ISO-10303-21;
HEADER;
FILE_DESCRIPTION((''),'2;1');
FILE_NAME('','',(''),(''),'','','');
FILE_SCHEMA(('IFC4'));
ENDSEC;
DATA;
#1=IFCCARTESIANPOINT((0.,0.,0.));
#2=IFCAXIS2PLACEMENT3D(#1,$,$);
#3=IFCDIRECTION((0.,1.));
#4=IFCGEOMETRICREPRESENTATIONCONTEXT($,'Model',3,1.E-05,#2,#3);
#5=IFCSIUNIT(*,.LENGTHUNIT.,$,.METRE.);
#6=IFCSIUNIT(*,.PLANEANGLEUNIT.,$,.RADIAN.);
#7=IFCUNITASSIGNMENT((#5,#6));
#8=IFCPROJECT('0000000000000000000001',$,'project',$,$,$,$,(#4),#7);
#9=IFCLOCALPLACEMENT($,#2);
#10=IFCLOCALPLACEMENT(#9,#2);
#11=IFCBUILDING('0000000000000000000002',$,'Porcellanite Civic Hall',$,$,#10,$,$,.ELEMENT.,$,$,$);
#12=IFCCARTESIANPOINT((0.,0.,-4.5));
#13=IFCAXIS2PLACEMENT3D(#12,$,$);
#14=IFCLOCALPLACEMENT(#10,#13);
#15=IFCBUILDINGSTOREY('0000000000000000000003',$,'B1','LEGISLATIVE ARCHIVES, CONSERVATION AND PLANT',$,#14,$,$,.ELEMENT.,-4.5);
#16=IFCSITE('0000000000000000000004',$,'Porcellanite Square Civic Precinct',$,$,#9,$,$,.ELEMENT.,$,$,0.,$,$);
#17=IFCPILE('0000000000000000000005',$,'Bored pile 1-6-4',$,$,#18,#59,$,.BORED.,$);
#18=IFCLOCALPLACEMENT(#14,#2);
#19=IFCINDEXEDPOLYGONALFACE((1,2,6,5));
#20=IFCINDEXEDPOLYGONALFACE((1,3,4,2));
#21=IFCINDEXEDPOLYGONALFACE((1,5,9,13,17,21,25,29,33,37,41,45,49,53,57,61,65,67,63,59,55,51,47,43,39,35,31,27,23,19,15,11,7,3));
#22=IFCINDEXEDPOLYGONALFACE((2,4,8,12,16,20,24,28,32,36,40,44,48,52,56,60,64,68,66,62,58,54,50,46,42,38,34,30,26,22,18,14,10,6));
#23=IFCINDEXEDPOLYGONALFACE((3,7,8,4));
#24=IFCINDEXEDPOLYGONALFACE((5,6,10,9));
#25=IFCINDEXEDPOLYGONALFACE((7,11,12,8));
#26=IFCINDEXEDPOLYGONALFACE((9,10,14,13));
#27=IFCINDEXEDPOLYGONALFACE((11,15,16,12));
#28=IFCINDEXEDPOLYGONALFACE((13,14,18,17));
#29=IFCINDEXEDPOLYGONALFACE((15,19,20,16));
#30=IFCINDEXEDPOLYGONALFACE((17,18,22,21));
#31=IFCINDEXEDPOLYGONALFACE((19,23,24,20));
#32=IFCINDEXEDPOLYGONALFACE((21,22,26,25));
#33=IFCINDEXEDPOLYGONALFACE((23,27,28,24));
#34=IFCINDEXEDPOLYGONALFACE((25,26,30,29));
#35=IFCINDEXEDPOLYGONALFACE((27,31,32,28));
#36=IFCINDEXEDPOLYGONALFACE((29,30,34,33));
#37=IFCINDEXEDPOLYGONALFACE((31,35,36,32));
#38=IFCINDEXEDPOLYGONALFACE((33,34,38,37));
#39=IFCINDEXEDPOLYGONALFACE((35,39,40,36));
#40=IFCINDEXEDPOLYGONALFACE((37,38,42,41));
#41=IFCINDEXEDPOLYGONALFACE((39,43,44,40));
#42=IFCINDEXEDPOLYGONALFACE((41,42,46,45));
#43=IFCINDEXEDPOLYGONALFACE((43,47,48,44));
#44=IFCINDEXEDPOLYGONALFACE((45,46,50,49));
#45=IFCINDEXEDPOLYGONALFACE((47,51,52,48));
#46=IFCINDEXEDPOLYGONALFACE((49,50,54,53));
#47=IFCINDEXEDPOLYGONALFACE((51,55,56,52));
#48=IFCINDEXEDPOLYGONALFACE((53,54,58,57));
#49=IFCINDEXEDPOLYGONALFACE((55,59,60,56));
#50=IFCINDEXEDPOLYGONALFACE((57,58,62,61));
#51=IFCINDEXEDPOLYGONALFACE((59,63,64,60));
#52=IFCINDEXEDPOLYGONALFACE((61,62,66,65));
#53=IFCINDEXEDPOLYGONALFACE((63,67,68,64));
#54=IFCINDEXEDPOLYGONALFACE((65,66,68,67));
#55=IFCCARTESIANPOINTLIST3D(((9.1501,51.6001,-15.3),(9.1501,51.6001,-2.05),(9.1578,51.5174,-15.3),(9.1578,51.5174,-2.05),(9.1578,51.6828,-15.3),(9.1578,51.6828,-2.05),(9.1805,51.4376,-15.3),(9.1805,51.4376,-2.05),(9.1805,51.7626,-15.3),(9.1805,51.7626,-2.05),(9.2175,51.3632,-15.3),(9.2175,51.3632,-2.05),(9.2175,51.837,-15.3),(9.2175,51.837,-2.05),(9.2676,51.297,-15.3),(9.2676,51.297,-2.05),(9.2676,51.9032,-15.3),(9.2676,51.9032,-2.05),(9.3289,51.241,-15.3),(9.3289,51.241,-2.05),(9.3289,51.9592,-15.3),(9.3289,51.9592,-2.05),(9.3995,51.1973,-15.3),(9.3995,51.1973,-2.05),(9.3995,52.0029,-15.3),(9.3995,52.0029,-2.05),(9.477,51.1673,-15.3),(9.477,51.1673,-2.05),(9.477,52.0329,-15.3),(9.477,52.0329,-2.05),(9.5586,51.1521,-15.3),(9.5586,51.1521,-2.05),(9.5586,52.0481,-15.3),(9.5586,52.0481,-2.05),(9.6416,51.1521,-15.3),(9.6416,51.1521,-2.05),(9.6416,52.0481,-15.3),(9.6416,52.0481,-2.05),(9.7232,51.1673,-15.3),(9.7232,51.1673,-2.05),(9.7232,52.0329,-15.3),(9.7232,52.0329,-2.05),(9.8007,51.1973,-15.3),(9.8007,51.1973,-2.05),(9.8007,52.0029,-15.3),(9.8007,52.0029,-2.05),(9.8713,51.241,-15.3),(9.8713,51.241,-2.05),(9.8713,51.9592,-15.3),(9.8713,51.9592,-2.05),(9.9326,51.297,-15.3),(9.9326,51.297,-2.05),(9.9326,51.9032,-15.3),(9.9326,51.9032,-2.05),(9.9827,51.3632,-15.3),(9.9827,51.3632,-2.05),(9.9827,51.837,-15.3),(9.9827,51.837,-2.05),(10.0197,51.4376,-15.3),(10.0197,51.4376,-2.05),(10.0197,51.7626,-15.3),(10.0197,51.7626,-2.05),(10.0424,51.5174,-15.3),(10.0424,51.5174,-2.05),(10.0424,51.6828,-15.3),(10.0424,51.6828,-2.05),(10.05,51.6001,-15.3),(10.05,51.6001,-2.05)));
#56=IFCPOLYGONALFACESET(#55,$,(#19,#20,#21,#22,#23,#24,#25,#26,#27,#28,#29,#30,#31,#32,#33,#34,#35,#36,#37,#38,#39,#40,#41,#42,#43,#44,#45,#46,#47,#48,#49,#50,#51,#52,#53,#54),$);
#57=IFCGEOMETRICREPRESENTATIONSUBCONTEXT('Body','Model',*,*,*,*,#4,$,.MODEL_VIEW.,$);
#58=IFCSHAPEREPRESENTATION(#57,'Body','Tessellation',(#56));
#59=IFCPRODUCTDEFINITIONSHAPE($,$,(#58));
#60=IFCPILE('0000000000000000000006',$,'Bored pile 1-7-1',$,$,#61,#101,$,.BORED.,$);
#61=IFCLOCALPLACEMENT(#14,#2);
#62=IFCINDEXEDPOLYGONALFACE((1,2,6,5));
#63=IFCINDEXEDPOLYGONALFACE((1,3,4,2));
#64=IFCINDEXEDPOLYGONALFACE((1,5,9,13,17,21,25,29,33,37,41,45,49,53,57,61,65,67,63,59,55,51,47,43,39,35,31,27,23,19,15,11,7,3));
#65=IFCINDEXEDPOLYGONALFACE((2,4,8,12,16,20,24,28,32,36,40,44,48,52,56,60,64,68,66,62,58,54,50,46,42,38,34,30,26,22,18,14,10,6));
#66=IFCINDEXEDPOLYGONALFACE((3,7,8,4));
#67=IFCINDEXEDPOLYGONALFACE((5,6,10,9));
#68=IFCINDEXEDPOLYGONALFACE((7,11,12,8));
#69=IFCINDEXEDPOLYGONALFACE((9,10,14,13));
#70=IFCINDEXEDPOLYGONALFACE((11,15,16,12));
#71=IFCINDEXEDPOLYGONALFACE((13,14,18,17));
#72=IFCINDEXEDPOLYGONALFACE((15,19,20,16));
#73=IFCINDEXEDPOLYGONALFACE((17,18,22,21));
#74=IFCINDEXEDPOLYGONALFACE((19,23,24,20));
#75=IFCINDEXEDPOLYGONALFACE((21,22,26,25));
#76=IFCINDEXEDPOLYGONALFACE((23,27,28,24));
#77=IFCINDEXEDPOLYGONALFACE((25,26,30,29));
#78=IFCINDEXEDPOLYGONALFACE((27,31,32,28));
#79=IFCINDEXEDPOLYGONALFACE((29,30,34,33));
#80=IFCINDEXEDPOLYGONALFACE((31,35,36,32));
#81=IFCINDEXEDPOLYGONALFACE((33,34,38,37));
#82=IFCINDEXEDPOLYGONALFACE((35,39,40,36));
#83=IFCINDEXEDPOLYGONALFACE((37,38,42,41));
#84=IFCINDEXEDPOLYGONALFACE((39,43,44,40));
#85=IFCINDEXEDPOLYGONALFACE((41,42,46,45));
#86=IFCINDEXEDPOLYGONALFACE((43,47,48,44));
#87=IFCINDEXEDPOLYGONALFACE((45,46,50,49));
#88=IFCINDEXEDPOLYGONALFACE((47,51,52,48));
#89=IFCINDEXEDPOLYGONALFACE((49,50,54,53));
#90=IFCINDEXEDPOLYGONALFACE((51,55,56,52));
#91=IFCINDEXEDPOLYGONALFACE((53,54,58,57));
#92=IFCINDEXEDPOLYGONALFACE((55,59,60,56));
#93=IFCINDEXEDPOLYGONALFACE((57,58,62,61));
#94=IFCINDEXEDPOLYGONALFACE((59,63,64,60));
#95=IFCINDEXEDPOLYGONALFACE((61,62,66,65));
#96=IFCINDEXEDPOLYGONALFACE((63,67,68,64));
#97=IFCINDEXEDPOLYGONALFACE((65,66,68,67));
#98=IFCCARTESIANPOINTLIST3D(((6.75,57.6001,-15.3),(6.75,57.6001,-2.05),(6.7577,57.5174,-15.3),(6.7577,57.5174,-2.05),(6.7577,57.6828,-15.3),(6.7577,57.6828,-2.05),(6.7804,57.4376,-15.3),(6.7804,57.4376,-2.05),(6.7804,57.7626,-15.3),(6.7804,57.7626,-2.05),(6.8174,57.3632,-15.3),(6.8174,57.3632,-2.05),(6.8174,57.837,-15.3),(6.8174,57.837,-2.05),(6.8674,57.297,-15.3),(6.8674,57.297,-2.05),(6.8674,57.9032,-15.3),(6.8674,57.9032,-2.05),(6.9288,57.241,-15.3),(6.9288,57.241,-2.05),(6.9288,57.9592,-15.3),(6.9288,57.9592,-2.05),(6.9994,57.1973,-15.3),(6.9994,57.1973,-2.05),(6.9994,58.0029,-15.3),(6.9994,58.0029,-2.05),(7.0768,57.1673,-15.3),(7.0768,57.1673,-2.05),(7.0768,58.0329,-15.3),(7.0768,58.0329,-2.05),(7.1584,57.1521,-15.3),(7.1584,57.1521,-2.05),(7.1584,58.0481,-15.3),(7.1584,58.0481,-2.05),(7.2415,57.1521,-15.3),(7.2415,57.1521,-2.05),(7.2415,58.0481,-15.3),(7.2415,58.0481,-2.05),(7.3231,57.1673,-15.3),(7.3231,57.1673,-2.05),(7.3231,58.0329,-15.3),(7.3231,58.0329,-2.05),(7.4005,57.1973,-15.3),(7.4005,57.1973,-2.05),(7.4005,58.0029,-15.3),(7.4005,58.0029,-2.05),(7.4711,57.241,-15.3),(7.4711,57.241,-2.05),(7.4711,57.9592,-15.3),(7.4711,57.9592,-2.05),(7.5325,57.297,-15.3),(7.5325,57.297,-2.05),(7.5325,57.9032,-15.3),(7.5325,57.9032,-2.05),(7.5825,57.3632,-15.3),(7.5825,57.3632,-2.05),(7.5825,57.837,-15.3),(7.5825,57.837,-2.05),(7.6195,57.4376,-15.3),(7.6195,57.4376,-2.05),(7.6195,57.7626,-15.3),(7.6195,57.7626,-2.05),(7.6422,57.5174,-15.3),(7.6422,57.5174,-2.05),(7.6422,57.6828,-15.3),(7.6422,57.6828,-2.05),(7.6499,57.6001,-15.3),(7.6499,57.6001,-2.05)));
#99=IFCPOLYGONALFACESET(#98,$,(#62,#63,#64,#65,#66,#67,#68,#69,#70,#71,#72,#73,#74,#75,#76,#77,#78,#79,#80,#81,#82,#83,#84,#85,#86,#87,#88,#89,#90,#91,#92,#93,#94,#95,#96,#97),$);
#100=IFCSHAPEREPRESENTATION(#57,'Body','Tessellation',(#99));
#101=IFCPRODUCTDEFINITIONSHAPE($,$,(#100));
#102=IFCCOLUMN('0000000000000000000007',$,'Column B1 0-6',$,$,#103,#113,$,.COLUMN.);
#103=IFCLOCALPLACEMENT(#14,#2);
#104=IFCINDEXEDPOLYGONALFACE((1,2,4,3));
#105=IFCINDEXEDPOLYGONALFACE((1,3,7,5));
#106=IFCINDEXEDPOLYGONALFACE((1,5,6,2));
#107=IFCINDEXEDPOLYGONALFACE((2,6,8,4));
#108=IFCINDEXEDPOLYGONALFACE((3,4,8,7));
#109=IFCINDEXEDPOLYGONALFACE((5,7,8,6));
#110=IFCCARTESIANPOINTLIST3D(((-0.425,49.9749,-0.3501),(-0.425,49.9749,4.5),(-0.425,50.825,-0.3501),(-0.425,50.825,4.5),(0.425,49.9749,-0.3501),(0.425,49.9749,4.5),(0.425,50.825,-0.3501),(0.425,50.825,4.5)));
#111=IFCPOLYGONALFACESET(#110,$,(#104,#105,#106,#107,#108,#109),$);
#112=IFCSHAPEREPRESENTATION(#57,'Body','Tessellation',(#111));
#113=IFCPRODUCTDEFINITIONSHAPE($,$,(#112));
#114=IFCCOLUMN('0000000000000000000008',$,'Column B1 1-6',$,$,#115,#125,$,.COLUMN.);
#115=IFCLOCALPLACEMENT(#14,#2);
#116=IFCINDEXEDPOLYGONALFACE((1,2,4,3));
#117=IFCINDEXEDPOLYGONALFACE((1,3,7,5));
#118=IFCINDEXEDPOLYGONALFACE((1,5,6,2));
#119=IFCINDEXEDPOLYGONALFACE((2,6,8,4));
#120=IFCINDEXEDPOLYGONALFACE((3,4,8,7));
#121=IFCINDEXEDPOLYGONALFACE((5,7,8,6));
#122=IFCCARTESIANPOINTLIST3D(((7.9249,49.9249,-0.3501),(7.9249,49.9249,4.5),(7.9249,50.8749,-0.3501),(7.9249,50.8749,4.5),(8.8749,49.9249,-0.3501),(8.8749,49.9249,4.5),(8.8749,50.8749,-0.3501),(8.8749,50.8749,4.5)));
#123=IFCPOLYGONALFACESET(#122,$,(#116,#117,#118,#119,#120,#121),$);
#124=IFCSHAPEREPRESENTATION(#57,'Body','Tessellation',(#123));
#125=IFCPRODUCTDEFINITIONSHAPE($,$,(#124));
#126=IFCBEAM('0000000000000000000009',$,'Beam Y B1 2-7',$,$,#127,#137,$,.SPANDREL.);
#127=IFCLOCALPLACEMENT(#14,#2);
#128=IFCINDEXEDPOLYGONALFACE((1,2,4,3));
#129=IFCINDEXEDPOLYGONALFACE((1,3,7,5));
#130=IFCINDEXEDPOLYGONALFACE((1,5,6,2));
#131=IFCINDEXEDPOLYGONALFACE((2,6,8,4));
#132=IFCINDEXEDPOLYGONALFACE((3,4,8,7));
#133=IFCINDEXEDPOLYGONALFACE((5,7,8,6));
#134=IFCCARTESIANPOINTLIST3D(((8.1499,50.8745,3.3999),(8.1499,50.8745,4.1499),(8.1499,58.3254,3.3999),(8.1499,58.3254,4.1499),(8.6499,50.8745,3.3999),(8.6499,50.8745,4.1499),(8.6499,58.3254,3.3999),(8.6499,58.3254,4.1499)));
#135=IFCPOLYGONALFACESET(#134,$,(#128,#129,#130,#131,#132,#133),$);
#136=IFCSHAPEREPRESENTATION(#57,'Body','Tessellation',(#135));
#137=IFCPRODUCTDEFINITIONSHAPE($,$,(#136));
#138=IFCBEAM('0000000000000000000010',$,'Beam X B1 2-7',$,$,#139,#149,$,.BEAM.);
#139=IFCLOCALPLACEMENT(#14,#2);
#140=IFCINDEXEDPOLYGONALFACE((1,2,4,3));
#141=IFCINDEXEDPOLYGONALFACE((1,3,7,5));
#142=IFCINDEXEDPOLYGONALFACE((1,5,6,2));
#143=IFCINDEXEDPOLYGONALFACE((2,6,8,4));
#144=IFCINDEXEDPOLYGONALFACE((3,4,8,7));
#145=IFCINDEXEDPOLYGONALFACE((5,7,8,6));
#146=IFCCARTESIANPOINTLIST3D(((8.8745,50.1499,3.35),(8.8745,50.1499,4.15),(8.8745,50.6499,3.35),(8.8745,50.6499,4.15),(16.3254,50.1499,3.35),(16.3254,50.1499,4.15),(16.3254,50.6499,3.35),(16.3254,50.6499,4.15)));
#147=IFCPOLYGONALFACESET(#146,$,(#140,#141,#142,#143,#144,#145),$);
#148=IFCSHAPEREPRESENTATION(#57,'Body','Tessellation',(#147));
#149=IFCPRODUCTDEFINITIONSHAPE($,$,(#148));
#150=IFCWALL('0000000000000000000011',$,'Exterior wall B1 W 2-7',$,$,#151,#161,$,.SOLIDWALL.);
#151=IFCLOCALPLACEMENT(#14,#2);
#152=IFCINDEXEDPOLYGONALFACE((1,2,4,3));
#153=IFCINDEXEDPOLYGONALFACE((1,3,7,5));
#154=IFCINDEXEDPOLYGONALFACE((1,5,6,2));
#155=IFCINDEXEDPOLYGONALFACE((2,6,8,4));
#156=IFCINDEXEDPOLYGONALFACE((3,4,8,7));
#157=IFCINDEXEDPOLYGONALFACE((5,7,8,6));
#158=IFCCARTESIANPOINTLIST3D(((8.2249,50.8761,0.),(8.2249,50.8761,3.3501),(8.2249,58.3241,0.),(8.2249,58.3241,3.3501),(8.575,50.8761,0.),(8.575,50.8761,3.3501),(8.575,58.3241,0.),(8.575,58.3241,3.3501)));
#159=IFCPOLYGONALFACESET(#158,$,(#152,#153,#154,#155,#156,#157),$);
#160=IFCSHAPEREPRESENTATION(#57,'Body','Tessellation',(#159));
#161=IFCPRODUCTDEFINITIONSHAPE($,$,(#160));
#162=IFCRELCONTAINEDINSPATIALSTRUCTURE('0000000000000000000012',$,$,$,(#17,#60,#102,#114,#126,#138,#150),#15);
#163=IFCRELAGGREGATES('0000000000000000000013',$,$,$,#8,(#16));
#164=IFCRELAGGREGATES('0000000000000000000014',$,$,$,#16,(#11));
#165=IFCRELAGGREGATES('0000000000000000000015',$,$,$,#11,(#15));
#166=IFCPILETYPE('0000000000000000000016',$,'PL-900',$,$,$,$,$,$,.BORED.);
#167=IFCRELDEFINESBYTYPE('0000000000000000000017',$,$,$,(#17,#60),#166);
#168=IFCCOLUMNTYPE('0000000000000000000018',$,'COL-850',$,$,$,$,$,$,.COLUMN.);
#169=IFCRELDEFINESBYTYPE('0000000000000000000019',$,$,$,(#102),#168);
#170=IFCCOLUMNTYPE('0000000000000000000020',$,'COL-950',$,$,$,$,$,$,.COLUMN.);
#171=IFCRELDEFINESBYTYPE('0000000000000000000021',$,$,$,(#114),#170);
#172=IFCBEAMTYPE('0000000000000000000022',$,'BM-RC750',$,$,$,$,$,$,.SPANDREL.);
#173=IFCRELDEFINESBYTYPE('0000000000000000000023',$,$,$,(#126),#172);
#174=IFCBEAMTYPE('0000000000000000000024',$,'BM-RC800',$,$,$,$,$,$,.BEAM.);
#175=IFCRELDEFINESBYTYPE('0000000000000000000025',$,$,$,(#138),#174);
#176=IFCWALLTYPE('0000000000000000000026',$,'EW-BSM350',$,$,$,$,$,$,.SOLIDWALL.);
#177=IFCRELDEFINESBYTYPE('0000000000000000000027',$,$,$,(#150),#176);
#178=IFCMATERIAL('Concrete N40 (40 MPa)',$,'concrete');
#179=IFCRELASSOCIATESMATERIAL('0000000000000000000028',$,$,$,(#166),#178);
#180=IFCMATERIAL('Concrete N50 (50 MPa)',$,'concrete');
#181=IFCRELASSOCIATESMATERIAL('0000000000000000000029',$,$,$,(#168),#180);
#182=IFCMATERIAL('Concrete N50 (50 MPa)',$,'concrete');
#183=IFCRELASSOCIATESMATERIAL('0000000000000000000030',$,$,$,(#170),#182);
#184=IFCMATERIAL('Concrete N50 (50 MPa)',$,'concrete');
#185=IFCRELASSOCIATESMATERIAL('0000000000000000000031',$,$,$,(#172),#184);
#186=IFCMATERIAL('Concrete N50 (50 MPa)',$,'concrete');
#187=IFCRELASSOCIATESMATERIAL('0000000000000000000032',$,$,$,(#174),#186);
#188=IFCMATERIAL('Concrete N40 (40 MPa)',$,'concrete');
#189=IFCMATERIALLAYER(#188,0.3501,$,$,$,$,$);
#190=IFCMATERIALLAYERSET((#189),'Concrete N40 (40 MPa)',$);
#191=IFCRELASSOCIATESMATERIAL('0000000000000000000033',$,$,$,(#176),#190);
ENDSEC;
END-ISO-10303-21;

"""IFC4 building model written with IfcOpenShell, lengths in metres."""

from ifc_helpers import new_model, si_unit, direction, frame, frame_2d, origin, origin_2d, place, context, subcontext, project, spatial, rectangle, circle, extrude, material, layer, layer_set, material_profile, profile_set, type_object, element, save


model = new_model("IFC4")

# Units and contexts
model_context = context("Model", 3, precision=1e-05, world=origin(), true_north=direction((0.0, 1.0)))
body_context = subcontext(model_context, "Body", "Model", "MODEL_VIEW")
ifc_project = project(units=[si_unit("LENGTHUNIT", "METRE"), si_unit("PLANEANGLEUNIT", "RADIAN")], contexts=[model_context])

# Site, building, storey
site_placement = place(None, origin())
site = spatial("IfcSite", under=ifc_project, at=site_placement, Name="Porcellanite Square Civic Precinct", CompositionType="ELEMENT", RefElevation=0.0)
building_placement = place(site_placement, origin())
building = spatial("IfcBuilding", under=site, at=building_placement, Name="Porcellanite Civic Hall", CompositionType="ELEMENT")
storey_placement = place(building_placement, frame((0.0, 0.0, -4.5)))
storey = spatial("IfcBuildingStorey", under=building, at=storey_placement, Name="B1", Description="LEGISLATIVE ARCHIVES, CONSERVATION AND PLANT", CompositionType="ELEMENT", Elevation=-4.5)

# Piles
ifc_material_1 = material(Name="Concrete N40 (40 MPa)", Category="concrete")
ifc_material_profile_1 = material_profile(ifc_material_1, circle(Radius=0.45, at=origin_2d()), Name="PILE-D900")
ifc_profile_set_1 = profile_set([ifc_material_profile_1], Name="Concrete N40 (40 MPa)")
pile_type_1 = type_object("IfcPileType", Name="PL-900", PredefinedType="BORED", material=ifc_profile_set_1)
for number, where, z_axis, x_axis, name in (
    (1, (9.6001, 51.6001, -2.05), (0.0, 0.0, -1.0), (1.0, 0.0, 0.0), "Bored pile 1-6-4"),
    (2, (7.2, 57.6001, -2.05), (0.0, 0.0, -1.0), (1.0, 0.0, 0.0), "Bored pile 1-7-1"),
):
    element("IfcPile", number, at=place(storey_placement, frame(where, z_axis=z_axis, x_axis=x_axis)), inside=storey, type_object=pile_type_1, Name=name, PredefinedType="BORED", context=body_context, shape_type="SweptSolid", body=[
        extrude(circle(Radius=0.45, at=origin_2d()), origin(), (0.0, 0.0, 1.0), 13.25),
    ])

# Columns
ifc_material_2 = material(Name="Concrete N50 (50 MPa)", Category="concrete")
ifc_material_profile_2 = material_profile(ifc_material_2, rectangle(XDim=0.8501, YDim=0.8501, at=origin_2d()), Name="RC-850x850")
ifc_profile_set_2 = profile_set([ifc_material_profile_2], Name="Concrete N50 (50 MPa)")
column_type_1 = type_object("IfcColumnType", Name="COL-850", PredefinedType="COLUMN", material=ifc_profile_set_2)
column_1_placement = place(storey_placement, frame((0.0, 50.3999, -0.3501), z_axis=(0.0, 0.0, 1.0), x_axis=(1.0, 0.0, 0.0)))
element("IfcColumn", 3, at=column_1_placement, inside=storey, type_object=column_type_1, Name="Column B1 0-6", PredefinedType="COLUMN", context=body_context, shape_type="SweptSolid", body=[
    extrude(rectangle(XDim=0.8501, YDim=0.8501, at=origin_2d()), origin(), (0.0, 0.0, 1.0), 4.8501),
])
ifc_material_3 = material(Name="Concrete N50 (50 MPa)", Category="concrete")
ifc_material_profile_3 = material_profile(ifc_material_3, rectangle(XDim=0.95, YDim=0.95, at=origin_2d()), Name="RC-950x950")
ifc_profile_set_3 = profile_set([ifc_material_profile_3], Name="Concrete N50 (50 MPa)")
column_type_2 = type_object("IfcColumnType", Name="COL-950", PredefinedType="COLUMN", material=ifc_profile_set_3)
column_2_placement = place(storey_placement, frame((8.3999, 50.3999, -0.3501), z_axis=(0.0, 0.0, 1.0), x_axis=(1.0, 0.0, 0.0)))
element("IfcColumn", 4, at=column_2_placement, inside=storey, type_object=column_type_2, Name="Column B1 1-6", PredefinedType="COLUMN", context=body_context, shape_type="SweptSolid", body=[
    extrude(rectangle(XDim=0.95, YDim=0.95, at=origin_2d()), origin(), (0.0, 0.0, 1.0), 4.8501),
])

# Beams
ifc_material_4 = material(Name="Concrete N50 (50 MPa)", Category="concrete")
ifc_material_profile_4 = material_profile(ifc_material_4, rectangle(XDim=0.5, YDim=0.75, at=origin_2d()), Name="RC-500x750")
ifc_profile_set_4 = profile_set([ifc_material_profile_4], Name="Concrete N50 (50 MPa)")
beam_type_1 = type_object("IfcBeamType", Name="BM-RC750", PredefinedType="SPANDREL", material=ifc_profile_set_4)
beam_1_placement = place(storey_placement, frame((8.3999, 50.8745, 3.7749), z_axis=(0.0, 1.0, 0.0), x_axis=(-1.0, 0.0, 0.0)))
element("IfcBeam", 5, at=beam_1_placement, inside=storey, type_object=beam_type_1, Name="Beam Y B1 2-7", PredefinedType="SPANDREL", context=body_context, shape_type="SweptSolid", body=[
    extrude(rectangle(XDim=0.5, YDim=0.75, at=origin_2d()), origin(), (0.0, 0.0, 1.0), 7.4509),
])
ifc_material_5 = material(Name="Concrete N50 (50 MPa)", Category="concrete")
ifc_material_profile_5 = material_profile(ifc_material_5, rectangle(XDim=0.5, YDim=0.8, at=origin_2d()), Name="RC-500x800")
ifc_profile_set_5 = profile_set([ifc_material_profile_5], Name="Concrete N50 (50 MPa)")
beam_type_2 = type_object("IfcBeamType", Name="BM-RC800", PredefinedType="BEAM", material=ifc_profile_set_5)
beam_2_placement = place(storey_placement, frame((8.8745, 50.3999, 3.75), z_axis=(1.0, 0.0, 0.0), x_axis=(0.0, 1.0, 0.0)))
element("IfcBeam", 6, at=beam_2_placement, inside=storey, type_object=beam_type_2, Name="Beam X B1 2-7", PredefinedType="BEAM", context=body_context, shape_type="SweptSolid", body=[
    extrude(rectangle(XDim=0.5, YDim=0.8, at=origin_2d()), origin(), (0.0, 0.0, 1.0), 7.4509),
])

# Wall
ifc_material_6 = material(Name="Concrete N40 (40 MPa)", Category="concrete")
ifc_layer_1 = layer(ifc_material_6, 0.3501)
ifc_layer_set_1 = layer_set([ifc_layer_1], Name="Concrete N40 (40 MPa)")
wall_type_1 = type_object("IfcWallType", Name="EW-BSM350", PredefinedType="SOLIDWALL", material=ifc_layer_set_1)
wall_1_placement = place(storey_placement, frame((8.3999, 50.876, 0.0), z_axis=(0.0, 0.0, 1.0), x_axis=(0.0, 1.0, 0.0)))
element("IfcWall", 7, at=wall_1_placement, inside=storey, type_object=wall_type_1, Name="Exterior wall B1 W 2-7", PredefinedType="SOLIDWALL", context=body_context, shape_type="SweptSolid", body=[
    extrude(rectangle(XDim=7.448, YDim=0.3501, at=frame_2d((3.7241, 0.0))), origin(), (0.0, 0.0, 1.0), 3.3501),
])

save(model, "model.ifc")
